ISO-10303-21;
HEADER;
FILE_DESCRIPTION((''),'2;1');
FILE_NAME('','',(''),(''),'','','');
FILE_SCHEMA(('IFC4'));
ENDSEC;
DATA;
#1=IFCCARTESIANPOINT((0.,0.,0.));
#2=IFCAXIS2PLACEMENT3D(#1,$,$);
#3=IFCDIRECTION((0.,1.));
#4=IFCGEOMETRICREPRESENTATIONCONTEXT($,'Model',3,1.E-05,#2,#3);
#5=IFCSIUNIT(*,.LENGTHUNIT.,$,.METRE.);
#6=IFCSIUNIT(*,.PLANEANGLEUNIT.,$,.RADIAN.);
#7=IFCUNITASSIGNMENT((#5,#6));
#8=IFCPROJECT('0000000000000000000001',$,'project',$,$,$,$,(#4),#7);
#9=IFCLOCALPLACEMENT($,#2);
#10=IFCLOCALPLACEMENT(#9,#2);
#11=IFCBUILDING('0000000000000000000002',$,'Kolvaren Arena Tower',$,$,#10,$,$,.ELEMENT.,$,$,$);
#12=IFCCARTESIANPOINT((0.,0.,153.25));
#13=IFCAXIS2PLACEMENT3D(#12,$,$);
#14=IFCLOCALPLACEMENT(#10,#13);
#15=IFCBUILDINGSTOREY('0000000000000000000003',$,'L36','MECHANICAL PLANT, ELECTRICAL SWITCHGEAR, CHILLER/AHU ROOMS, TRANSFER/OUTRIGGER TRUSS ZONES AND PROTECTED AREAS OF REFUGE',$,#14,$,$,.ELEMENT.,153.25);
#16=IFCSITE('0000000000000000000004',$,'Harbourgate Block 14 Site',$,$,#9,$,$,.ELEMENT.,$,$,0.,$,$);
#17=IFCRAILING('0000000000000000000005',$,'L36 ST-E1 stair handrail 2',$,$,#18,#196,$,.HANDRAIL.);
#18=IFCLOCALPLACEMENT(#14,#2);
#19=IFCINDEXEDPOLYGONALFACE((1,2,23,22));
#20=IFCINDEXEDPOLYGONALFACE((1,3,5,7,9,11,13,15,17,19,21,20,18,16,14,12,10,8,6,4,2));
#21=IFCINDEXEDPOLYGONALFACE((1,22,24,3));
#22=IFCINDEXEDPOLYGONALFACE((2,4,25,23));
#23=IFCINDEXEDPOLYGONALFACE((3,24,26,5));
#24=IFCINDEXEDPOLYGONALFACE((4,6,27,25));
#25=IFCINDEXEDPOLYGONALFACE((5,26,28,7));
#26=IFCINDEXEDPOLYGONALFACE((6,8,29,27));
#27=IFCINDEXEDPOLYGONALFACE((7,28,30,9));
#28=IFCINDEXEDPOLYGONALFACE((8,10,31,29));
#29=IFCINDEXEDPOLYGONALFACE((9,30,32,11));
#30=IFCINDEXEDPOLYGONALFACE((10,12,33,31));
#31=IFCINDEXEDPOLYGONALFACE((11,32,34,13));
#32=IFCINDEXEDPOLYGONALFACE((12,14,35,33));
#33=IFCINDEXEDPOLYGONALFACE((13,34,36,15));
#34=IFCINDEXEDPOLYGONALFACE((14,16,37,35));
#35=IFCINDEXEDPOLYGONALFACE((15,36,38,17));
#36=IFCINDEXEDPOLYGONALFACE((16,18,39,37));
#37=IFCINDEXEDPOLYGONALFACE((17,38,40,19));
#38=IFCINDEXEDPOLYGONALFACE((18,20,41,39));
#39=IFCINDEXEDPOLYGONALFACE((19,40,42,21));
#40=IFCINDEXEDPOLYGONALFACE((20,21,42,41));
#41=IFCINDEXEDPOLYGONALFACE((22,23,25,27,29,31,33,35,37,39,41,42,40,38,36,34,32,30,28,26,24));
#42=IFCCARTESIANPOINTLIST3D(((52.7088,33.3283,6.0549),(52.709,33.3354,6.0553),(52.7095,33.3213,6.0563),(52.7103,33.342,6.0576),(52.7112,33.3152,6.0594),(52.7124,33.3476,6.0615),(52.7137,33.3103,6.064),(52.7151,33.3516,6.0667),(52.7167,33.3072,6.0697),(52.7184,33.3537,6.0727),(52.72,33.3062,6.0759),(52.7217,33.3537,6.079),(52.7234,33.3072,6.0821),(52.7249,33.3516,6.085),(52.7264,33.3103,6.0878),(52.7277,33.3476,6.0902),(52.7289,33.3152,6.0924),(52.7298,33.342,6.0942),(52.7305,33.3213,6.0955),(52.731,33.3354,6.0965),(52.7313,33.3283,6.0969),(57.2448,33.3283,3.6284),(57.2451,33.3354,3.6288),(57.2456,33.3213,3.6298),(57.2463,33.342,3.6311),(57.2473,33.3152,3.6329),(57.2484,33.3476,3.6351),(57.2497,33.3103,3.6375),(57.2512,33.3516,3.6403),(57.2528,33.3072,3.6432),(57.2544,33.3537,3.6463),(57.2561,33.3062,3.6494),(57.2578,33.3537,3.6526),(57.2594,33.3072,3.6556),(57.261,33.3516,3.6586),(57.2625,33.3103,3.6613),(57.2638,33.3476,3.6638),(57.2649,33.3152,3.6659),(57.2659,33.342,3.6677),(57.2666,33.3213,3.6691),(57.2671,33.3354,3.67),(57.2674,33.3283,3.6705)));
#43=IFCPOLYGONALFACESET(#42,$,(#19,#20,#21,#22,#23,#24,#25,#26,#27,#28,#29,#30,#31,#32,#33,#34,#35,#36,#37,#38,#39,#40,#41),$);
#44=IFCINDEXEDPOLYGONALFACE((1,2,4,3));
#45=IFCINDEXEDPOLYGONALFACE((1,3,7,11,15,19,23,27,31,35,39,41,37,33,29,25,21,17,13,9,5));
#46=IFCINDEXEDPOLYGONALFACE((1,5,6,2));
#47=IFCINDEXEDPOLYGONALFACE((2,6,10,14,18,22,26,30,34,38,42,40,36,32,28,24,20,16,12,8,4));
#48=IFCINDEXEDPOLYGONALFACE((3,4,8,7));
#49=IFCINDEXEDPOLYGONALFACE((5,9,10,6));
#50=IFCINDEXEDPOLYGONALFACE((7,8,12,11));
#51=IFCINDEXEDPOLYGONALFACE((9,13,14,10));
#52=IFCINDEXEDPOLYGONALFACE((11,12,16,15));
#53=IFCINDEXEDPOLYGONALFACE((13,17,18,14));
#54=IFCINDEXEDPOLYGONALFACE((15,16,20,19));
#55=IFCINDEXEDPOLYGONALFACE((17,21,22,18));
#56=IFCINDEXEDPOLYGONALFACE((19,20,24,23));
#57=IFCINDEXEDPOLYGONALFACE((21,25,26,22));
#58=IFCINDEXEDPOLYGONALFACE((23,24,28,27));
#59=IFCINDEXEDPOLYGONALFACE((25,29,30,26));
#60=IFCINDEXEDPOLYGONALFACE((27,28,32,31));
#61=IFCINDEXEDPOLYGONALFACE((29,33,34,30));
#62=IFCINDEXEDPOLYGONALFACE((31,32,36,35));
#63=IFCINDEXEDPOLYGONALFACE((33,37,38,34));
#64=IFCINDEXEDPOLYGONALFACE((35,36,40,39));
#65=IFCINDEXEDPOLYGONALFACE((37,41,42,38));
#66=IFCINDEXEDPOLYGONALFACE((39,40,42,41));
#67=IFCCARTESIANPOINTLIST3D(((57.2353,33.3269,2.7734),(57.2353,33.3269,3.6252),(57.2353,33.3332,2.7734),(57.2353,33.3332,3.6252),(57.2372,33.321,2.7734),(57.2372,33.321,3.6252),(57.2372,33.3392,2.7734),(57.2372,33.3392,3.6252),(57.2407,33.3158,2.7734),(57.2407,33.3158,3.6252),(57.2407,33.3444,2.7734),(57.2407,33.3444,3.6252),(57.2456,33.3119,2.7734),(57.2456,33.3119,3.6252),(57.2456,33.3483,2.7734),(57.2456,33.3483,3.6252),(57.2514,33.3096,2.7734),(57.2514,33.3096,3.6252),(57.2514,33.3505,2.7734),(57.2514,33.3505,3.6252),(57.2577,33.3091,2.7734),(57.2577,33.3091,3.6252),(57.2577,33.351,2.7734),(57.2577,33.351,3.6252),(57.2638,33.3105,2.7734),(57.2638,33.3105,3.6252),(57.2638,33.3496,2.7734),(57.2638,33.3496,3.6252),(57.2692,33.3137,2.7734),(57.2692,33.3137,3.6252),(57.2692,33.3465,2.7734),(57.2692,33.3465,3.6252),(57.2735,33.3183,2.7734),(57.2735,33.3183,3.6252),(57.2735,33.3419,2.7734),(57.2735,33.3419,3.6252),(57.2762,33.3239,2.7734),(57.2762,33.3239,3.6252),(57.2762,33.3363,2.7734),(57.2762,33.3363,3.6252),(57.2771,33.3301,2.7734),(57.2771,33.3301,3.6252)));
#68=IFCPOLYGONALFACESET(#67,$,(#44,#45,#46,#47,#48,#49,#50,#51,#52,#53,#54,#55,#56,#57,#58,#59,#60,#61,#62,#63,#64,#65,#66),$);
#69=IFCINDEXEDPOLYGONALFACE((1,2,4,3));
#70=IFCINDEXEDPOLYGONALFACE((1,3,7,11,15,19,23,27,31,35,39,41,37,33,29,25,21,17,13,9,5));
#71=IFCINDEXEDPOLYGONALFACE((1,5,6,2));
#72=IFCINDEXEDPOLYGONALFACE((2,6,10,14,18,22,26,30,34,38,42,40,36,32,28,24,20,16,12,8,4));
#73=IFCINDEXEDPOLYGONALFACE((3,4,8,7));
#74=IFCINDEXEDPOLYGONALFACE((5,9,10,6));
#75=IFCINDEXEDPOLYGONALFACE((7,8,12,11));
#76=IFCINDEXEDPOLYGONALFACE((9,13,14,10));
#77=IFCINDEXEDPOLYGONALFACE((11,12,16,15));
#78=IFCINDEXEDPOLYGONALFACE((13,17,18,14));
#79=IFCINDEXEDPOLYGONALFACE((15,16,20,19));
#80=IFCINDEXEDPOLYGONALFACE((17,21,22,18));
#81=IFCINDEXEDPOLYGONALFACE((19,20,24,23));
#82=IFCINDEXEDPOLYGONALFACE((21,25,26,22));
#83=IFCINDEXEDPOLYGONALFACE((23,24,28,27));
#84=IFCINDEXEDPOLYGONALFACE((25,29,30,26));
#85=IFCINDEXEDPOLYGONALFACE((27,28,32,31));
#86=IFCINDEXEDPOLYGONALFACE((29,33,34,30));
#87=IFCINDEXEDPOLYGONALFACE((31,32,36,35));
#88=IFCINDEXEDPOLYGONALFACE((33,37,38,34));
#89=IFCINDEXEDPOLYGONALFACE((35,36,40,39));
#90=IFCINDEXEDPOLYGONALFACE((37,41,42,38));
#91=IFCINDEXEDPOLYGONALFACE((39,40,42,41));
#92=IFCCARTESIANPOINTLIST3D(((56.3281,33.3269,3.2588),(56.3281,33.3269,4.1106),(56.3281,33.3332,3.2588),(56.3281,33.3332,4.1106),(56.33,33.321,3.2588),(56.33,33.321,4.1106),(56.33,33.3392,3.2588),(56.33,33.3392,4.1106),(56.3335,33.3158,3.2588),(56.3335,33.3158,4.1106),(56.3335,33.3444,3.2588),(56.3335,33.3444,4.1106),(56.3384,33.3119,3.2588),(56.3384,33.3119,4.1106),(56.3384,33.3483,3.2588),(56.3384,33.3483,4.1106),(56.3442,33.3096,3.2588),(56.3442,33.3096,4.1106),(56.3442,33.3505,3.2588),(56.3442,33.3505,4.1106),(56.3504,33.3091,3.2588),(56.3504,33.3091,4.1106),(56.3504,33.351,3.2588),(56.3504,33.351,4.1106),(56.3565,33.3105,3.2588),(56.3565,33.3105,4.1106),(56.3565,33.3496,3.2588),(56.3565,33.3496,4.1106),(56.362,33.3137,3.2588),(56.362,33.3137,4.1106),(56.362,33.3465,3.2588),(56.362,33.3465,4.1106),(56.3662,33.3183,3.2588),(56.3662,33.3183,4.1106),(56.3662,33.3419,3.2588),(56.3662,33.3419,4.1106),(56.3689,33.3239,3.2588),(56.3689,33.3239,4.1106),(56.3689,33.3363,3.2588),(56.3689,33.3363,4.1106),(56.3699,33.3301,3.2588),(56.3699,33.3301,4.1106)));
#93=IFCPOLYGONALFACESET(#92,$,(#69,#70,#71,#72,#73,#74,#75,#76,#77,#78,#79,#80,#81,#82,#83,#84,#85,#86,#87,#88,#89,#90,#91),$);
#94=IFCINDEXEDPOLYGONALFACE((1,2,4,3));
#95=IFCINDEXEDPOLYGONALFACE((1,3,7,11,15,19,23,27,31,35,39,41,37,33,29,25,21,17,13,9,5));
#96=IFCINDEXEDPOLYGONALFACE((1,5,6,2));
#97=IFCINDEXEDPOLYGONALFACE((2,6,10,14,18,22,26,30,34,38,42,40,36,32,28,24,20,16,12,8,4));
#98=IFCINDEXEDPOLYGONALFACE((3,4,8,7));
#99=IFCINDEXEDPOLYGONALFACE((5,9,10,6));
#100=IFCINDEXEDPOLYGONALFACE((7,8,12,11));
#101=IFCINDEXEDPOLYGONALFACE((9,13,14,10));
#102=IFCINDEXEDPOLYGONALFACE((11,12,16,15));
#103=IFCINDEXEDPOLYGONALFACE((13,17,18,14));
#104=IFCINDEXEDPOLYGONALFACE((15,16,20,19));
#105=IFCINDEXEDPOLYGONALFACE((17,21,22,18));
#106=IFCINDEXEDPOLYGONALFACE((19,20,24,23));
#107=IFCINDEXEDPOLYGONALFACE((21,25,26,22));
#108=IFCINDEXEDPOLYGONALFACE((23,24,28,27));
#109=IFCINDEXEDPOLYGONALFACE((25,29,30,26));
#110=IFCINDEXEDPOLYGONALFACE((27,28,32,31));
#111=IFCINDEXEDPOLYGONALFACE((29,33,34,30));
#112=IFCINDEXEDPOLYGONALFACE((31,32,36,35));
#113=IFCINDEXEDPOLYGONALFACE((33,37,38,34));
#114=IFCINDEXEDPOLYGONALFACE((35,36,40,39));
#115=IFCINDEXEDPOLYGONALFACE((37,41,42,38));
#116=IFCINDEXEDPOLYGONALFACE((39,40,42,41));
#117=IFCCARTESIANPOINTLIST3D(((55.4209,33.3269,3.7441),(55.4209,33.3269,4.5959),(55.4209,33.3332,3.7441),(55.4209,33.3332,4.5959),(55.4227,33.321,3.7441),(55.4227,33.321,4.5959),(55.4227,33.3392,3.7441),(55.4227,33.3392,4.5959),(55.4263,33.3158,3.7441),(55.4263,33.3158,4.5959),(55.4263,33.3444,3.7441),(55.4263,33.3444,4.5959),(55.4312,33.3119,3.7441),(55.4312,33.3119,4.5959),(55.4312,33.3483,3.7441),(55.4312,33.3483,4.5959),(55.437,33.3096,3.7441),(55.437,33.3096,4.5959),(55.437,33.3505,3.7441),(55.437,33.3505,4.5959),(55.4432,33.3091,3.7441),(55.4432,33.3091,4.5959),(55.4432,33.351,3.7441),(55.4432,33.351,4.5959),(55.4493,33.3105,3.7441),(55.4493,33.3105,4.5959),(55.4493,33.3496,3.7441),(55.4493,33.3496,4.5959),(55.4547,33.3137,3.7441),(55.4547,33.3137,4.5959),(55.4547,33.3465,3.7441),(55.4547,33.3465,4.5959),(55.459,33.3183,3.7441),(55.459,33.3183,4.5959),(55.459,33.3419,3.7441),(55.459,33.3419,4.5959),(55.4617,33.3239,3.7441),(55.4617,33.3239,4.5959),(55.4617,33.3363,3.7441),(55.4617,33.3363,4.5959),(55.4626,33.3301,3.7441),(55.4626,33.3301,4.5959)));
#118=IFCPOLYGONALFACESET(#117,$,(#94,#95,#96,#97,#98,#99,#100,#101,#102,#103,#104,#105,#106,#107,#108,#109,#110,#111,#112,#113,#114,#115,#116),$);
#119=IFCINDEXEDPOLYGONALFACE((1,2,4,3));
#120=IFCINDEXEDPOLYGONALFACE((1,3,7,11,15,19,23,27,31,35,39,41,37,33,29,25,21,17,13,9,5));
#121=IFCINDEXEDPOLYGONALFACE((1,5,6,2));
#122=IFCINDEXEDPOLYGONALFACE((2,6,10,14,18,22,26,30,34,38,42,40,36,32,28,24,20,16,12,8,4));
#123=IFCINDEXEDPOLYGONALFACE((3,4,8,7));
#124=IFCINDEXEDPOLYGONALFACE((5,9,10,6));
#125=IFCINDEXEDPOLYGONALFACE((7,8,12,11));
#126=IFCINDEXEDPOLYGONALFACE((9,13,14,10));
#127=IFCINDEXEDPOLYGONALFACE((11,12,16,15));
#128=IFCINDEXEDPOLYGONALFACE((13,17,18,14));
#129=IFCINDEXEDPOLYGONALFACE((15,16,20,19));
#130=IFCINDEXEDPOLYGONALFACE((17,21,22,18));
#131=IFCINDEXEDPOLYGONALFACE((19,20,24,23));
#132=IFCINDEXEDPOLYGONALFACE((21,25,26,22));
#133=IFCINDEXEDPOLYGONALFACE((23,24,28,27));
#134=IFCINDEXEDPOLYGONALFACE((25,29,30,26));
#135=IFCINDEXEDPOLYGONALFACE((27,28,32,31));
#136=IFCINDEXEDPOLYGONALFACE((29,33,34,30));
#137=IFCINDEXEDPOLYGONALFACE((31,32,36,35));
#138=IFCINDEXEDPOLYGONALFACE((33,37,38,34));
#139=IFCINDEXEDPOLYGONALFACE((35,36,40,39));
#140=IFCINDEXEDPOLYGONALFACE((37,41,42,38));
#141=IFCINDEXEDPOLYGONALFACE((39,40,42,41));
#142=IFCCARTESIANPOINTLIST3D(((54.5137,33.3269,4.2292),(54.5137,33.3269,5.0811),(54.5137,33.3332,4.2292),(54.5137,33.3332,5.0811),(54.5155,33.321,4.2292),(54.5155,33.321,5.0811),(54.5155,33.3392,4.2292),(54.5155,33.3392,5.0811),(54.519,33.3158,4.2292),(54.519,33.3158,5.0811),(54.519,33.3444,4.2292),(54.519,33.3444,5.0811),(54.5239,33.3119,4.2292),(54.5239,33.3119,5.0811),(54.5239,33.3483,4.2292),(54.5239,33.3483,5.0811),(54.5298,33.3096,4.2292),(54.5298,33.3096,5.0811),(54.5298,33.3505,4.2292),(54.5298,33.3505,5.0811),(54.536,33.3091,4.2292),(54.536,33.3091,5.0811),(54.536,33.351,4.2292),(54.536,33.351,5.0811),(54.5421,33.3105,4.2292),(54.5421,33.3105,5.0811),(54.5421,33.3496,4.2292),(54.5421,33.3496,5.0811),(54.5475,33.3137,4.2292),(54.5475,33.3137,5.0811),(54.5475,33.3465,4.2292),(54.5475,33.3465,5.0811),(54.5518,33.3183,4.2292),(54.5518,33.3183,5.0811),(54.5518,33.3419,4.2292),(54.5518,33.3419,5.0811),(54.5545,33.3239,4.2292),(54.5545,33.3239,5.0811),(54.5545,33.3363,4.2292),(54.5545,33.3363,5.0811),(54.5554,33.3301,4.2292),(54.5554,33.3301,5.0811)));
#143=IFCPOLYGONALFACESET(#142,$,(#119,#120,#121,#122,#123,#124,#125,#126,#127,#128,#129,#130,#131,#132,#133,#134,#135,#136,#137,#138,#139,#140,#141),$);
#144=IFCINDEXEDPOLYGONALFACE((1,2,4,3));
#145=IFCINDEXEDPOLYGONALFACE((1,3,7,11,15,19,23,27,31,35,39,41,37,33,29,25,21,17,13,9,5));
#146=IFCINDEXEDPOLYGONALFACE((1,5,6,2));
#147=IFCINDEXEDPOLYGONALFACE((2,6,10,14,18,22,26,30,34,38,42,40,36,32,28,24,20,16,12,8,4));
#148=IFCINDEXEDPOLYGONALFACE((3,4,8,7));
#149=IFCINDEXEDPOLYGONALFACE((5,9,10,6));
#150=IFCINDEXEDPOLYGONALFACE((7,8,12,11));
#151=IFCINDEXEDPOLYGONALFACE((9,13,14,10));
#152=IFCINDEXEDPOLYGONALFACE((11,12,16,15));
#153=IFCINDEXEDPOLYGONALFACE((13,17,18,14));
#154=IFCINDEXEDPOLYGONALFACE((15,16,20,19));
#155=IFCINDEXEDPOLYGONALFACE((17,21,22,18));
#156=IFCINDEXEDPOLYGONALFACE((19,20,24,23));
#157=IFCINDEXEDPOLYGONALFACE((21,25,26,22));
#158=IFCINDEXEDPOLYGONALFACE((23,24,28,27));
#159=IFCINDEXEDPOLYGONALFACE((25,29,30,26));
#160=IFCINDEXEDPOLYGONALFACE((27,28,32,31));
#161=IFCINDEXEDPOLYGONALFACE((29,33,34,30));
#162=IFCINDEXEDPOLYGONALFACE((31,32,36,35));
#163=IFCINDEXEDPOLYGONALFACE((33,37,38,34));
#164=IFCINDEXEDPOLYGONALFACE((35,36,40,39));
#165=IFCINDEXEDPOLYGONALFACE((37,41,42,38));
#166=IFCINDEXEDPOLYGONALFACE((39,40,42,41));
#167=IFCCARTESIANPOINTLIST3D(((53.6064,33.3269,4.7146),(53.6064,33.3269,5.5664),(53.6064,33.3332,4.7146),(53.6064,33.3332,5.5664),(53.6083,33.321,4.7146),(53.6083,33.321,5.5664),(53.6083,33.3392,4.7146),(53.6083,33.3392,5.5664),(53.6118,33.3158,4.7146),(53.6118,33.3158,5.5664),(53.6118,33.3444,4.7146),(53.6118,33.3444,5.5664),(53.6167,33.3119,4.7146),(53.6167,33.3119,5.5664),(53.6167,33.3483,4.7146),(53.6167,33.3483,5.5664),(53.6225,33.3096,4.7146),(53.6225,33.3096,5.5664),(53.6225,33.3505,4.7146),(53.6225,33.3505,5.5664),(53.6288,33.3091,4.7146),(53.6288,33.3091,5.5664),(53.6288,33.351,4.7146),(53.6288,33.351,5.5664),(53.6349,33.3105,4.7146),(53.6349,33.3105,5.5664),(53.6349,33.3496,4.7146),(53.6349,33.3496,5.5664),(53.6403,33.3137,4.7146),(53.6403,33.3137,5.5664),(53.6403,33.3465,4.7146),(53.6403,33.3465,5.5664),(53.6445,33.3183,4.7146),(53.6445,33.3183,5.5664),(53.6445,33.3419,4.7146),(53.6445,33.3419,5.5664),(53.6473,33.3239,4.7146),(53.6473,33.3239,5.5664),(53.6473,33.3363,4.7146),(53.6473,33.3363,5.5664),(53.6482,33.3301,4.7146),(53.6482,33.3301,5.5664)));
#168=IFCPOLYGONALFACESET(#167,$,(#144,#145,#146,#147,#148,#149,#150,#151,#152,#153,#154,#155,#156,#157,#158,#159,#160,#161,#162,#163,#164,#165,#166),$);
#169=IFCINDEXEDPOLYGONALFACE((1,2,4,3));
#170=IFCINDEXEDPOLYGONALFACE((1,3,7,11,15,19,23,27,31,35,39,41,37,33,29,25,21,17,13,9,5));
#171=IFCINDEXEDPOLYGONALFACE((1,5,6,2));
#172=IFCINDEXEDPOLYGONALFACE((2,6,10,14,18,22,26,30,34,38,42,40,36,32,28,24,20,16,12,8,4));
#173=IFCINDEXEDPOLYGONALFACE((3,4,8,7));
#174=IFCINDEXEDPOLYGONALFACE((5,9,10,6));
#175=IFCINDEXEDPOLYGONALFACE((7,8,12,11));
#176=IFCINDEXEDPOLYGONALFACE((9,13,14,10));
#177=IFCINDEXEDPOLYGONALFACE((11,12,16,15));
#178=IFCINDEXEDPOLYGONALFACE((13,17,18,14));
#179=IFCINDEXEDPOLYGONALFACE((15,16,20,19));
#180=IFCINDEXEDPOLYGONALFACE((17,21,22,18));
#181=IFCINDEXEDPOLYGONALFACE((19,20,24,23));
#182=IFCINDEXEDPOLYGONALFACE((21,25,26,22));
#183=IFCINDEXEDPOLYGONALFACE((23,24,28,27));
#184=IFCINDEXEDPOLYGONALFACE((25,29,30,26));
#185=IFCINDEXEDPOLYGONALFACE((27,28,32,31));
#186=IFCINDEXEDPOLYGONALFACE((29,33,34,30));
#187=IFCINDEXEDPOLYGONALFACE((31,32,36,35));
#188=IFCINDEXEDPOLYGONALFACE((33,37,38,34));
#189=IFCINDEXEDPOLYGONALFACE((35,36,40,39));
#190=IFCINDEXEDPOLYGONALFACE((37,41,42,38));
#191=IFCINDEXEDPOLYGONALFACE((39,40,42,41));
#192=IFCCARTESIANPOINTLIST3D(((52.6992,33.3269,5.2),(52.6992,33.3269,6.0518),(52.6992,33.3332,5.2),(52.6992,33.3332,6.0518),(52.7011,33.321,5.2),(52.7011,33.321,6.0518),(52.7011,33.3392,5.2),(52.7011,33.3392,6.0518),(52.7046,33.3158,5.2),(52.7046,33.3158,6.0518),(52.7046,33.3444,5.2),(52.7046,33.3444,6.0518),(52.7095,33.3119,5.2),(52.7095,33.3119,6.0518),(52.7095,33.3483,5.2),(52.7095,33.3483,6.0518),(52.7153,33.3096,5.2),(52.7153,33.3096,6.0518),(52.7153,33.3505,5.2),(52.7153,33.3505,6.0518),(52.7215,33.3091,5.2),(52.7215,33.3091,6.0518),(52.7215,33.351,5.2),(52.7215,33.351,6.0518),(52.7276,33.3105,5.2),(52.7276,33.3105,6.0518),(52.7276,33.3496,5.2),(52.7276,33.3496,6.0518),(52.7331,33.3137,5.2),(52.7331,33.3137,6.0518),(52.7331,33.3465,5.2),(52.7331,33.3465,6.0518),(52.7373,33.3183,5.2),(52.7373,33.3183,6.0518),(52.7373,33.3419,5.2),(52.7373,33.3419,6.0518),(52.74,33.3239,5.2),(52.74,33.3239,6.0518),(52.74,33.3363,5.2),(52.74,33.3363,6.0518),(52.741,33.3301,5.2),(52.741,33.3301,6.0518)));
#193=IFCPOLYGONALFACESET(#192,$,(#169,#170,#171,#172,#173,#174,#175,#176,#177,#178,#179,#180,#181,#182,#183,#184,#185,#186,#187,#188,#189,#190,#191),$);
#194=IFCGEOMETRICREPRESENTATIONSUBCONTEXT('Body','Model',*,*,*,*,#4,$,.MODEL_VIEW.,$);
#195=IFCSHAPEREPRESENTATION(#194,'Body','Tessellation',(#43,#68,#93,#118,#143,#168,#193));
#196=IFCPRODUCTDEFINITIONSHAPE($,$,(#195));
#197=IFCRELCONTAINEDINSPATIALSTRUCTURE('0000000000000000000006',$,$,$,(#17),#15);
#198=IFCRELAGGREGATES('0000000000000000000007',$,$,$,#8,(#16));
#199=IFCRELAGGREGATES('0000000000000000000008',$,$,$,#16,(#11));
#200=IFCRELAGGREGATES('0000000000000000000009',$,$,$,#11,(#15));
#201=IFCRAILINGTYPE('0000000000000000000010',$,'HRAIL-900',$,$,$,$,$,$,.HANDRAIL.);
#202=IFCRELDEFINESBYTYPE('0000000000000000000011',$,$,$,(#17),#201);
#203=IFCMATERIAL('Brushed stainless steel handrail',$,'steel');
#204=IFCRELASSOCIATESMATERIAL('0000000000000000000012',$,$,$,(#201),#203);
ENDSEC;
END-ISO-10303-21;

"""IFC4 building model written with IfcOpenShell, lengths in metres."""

from ifc_helpers import new_model, si_unit, direction, frame, origin, origin_2d, place, context, subcontext, project, spatial, circle, extrude, material, type_object, element, save


model = new_model("IFC4")

# Units and contexts
model_context = context("Model", 3, precision=1e-05, world=origin(), true_north=direction((0.0, 1.0)))
body_context = subcontext(model_context, "Body", "Model", "MODEL_VIEW")
ifc_project = project(units=[si_unit("LENGTHUNIT", "METRE"), si_unit("PLANEANGLEUNIT", "RADIAN")], contexts=[model_context])

# Site, building, storey
site_placement = place(None, origin())
site = spatial("IfcSite", under=ifc_project, at=site_placement, Name="Harbourgate Block 14 Site", CompositionType="ELEMENT", RefElevation=0.0)
building_placement = place(site_placement, origin())
building = spatial("IfcBuilding", under=site, at=building_placement, Name="Kolvaren Arena Tower", CompositionType="ELEMENT")
storey_placement = place(building_placement, frame((0.0, 0.0, 153.25)))
storey = spatial("IfcBuildingStorey", under=building, at=storey_placement, Name="L36", Description="MECHANICAL PLANT, ELECTRICAL SWITCHGEAR, CHILLER/AHU ROOMS, TRANSFER/OUTRIGGER TRUSS ZONES AND PROTECTED AREAS OF REFUGE", CompositionType="ELEMENT", Elevation=153.25)

# Railing
ifc_material_1 = material(Name="Brushed stainless steel handrail", Category="steel")
railing_type_1 = type_object("IfcRailingType", Name="HRAIL-900", PredefinedType="HANDRAIL", material=ifc_material_1)
for number, where, name in (
    (1, (57.2561, 33.3301, 2.7734), "L36 ST-E1 stair handrail 2"),
):
    element("IfcRailing", number, at=place(storey_placement, frame(where)), inside=storey, type_object=railing_type_1, Name=name, PredefinedType="HANDRAIL", context=body_context, shape_type="SweptSolid", body=[
        extrude(circle(Radius=0.0239, at=origin_2d()), frame((0.0, 0.0, 0.876), z_axis=(-0.881768, 0.0, 0.471684), x_axis=(0.0, -1.0, 0.0)), (0.0, 0.0, 1.0), 5.1443),
        extrude(circle(Radius=0.021, at=origin_2d()), origin(), (0.0, 0.0, 1.0), 0.8518),
        extrude(circle(Radius=0.021, at=origin_2d()), frame((-0.9072, 0.0, 0.4854)), (0.0, 0.0, 1.0), 0.8518),
        extrude(circle(Radius=0.021, at=origin_2d()), frame((-1.8145, 0.0, 0.9707)), (0.0, 0.0, 1.0), 0.8518),
        extrude(circle(Radius=0.021, at=origin_2d()), frame((-2.7217, 0.0, 1.4558)), (0.0, 0.0, 1.0), 0.8518),
        extrude(circle(Radius=0.021, at=origin_2d()), frame((-3.6289, 0.0, 1.9412)), (0.0, 0.0, 1.0), 0.8518),
        extrude(circle(Radius=0.021, at=origin_2d()), frame((-4.5361, 0.0, 2.4265)), (0.0, 0.0, 1.0), 0.8518),
    ])

save(model, "model.ifc")
